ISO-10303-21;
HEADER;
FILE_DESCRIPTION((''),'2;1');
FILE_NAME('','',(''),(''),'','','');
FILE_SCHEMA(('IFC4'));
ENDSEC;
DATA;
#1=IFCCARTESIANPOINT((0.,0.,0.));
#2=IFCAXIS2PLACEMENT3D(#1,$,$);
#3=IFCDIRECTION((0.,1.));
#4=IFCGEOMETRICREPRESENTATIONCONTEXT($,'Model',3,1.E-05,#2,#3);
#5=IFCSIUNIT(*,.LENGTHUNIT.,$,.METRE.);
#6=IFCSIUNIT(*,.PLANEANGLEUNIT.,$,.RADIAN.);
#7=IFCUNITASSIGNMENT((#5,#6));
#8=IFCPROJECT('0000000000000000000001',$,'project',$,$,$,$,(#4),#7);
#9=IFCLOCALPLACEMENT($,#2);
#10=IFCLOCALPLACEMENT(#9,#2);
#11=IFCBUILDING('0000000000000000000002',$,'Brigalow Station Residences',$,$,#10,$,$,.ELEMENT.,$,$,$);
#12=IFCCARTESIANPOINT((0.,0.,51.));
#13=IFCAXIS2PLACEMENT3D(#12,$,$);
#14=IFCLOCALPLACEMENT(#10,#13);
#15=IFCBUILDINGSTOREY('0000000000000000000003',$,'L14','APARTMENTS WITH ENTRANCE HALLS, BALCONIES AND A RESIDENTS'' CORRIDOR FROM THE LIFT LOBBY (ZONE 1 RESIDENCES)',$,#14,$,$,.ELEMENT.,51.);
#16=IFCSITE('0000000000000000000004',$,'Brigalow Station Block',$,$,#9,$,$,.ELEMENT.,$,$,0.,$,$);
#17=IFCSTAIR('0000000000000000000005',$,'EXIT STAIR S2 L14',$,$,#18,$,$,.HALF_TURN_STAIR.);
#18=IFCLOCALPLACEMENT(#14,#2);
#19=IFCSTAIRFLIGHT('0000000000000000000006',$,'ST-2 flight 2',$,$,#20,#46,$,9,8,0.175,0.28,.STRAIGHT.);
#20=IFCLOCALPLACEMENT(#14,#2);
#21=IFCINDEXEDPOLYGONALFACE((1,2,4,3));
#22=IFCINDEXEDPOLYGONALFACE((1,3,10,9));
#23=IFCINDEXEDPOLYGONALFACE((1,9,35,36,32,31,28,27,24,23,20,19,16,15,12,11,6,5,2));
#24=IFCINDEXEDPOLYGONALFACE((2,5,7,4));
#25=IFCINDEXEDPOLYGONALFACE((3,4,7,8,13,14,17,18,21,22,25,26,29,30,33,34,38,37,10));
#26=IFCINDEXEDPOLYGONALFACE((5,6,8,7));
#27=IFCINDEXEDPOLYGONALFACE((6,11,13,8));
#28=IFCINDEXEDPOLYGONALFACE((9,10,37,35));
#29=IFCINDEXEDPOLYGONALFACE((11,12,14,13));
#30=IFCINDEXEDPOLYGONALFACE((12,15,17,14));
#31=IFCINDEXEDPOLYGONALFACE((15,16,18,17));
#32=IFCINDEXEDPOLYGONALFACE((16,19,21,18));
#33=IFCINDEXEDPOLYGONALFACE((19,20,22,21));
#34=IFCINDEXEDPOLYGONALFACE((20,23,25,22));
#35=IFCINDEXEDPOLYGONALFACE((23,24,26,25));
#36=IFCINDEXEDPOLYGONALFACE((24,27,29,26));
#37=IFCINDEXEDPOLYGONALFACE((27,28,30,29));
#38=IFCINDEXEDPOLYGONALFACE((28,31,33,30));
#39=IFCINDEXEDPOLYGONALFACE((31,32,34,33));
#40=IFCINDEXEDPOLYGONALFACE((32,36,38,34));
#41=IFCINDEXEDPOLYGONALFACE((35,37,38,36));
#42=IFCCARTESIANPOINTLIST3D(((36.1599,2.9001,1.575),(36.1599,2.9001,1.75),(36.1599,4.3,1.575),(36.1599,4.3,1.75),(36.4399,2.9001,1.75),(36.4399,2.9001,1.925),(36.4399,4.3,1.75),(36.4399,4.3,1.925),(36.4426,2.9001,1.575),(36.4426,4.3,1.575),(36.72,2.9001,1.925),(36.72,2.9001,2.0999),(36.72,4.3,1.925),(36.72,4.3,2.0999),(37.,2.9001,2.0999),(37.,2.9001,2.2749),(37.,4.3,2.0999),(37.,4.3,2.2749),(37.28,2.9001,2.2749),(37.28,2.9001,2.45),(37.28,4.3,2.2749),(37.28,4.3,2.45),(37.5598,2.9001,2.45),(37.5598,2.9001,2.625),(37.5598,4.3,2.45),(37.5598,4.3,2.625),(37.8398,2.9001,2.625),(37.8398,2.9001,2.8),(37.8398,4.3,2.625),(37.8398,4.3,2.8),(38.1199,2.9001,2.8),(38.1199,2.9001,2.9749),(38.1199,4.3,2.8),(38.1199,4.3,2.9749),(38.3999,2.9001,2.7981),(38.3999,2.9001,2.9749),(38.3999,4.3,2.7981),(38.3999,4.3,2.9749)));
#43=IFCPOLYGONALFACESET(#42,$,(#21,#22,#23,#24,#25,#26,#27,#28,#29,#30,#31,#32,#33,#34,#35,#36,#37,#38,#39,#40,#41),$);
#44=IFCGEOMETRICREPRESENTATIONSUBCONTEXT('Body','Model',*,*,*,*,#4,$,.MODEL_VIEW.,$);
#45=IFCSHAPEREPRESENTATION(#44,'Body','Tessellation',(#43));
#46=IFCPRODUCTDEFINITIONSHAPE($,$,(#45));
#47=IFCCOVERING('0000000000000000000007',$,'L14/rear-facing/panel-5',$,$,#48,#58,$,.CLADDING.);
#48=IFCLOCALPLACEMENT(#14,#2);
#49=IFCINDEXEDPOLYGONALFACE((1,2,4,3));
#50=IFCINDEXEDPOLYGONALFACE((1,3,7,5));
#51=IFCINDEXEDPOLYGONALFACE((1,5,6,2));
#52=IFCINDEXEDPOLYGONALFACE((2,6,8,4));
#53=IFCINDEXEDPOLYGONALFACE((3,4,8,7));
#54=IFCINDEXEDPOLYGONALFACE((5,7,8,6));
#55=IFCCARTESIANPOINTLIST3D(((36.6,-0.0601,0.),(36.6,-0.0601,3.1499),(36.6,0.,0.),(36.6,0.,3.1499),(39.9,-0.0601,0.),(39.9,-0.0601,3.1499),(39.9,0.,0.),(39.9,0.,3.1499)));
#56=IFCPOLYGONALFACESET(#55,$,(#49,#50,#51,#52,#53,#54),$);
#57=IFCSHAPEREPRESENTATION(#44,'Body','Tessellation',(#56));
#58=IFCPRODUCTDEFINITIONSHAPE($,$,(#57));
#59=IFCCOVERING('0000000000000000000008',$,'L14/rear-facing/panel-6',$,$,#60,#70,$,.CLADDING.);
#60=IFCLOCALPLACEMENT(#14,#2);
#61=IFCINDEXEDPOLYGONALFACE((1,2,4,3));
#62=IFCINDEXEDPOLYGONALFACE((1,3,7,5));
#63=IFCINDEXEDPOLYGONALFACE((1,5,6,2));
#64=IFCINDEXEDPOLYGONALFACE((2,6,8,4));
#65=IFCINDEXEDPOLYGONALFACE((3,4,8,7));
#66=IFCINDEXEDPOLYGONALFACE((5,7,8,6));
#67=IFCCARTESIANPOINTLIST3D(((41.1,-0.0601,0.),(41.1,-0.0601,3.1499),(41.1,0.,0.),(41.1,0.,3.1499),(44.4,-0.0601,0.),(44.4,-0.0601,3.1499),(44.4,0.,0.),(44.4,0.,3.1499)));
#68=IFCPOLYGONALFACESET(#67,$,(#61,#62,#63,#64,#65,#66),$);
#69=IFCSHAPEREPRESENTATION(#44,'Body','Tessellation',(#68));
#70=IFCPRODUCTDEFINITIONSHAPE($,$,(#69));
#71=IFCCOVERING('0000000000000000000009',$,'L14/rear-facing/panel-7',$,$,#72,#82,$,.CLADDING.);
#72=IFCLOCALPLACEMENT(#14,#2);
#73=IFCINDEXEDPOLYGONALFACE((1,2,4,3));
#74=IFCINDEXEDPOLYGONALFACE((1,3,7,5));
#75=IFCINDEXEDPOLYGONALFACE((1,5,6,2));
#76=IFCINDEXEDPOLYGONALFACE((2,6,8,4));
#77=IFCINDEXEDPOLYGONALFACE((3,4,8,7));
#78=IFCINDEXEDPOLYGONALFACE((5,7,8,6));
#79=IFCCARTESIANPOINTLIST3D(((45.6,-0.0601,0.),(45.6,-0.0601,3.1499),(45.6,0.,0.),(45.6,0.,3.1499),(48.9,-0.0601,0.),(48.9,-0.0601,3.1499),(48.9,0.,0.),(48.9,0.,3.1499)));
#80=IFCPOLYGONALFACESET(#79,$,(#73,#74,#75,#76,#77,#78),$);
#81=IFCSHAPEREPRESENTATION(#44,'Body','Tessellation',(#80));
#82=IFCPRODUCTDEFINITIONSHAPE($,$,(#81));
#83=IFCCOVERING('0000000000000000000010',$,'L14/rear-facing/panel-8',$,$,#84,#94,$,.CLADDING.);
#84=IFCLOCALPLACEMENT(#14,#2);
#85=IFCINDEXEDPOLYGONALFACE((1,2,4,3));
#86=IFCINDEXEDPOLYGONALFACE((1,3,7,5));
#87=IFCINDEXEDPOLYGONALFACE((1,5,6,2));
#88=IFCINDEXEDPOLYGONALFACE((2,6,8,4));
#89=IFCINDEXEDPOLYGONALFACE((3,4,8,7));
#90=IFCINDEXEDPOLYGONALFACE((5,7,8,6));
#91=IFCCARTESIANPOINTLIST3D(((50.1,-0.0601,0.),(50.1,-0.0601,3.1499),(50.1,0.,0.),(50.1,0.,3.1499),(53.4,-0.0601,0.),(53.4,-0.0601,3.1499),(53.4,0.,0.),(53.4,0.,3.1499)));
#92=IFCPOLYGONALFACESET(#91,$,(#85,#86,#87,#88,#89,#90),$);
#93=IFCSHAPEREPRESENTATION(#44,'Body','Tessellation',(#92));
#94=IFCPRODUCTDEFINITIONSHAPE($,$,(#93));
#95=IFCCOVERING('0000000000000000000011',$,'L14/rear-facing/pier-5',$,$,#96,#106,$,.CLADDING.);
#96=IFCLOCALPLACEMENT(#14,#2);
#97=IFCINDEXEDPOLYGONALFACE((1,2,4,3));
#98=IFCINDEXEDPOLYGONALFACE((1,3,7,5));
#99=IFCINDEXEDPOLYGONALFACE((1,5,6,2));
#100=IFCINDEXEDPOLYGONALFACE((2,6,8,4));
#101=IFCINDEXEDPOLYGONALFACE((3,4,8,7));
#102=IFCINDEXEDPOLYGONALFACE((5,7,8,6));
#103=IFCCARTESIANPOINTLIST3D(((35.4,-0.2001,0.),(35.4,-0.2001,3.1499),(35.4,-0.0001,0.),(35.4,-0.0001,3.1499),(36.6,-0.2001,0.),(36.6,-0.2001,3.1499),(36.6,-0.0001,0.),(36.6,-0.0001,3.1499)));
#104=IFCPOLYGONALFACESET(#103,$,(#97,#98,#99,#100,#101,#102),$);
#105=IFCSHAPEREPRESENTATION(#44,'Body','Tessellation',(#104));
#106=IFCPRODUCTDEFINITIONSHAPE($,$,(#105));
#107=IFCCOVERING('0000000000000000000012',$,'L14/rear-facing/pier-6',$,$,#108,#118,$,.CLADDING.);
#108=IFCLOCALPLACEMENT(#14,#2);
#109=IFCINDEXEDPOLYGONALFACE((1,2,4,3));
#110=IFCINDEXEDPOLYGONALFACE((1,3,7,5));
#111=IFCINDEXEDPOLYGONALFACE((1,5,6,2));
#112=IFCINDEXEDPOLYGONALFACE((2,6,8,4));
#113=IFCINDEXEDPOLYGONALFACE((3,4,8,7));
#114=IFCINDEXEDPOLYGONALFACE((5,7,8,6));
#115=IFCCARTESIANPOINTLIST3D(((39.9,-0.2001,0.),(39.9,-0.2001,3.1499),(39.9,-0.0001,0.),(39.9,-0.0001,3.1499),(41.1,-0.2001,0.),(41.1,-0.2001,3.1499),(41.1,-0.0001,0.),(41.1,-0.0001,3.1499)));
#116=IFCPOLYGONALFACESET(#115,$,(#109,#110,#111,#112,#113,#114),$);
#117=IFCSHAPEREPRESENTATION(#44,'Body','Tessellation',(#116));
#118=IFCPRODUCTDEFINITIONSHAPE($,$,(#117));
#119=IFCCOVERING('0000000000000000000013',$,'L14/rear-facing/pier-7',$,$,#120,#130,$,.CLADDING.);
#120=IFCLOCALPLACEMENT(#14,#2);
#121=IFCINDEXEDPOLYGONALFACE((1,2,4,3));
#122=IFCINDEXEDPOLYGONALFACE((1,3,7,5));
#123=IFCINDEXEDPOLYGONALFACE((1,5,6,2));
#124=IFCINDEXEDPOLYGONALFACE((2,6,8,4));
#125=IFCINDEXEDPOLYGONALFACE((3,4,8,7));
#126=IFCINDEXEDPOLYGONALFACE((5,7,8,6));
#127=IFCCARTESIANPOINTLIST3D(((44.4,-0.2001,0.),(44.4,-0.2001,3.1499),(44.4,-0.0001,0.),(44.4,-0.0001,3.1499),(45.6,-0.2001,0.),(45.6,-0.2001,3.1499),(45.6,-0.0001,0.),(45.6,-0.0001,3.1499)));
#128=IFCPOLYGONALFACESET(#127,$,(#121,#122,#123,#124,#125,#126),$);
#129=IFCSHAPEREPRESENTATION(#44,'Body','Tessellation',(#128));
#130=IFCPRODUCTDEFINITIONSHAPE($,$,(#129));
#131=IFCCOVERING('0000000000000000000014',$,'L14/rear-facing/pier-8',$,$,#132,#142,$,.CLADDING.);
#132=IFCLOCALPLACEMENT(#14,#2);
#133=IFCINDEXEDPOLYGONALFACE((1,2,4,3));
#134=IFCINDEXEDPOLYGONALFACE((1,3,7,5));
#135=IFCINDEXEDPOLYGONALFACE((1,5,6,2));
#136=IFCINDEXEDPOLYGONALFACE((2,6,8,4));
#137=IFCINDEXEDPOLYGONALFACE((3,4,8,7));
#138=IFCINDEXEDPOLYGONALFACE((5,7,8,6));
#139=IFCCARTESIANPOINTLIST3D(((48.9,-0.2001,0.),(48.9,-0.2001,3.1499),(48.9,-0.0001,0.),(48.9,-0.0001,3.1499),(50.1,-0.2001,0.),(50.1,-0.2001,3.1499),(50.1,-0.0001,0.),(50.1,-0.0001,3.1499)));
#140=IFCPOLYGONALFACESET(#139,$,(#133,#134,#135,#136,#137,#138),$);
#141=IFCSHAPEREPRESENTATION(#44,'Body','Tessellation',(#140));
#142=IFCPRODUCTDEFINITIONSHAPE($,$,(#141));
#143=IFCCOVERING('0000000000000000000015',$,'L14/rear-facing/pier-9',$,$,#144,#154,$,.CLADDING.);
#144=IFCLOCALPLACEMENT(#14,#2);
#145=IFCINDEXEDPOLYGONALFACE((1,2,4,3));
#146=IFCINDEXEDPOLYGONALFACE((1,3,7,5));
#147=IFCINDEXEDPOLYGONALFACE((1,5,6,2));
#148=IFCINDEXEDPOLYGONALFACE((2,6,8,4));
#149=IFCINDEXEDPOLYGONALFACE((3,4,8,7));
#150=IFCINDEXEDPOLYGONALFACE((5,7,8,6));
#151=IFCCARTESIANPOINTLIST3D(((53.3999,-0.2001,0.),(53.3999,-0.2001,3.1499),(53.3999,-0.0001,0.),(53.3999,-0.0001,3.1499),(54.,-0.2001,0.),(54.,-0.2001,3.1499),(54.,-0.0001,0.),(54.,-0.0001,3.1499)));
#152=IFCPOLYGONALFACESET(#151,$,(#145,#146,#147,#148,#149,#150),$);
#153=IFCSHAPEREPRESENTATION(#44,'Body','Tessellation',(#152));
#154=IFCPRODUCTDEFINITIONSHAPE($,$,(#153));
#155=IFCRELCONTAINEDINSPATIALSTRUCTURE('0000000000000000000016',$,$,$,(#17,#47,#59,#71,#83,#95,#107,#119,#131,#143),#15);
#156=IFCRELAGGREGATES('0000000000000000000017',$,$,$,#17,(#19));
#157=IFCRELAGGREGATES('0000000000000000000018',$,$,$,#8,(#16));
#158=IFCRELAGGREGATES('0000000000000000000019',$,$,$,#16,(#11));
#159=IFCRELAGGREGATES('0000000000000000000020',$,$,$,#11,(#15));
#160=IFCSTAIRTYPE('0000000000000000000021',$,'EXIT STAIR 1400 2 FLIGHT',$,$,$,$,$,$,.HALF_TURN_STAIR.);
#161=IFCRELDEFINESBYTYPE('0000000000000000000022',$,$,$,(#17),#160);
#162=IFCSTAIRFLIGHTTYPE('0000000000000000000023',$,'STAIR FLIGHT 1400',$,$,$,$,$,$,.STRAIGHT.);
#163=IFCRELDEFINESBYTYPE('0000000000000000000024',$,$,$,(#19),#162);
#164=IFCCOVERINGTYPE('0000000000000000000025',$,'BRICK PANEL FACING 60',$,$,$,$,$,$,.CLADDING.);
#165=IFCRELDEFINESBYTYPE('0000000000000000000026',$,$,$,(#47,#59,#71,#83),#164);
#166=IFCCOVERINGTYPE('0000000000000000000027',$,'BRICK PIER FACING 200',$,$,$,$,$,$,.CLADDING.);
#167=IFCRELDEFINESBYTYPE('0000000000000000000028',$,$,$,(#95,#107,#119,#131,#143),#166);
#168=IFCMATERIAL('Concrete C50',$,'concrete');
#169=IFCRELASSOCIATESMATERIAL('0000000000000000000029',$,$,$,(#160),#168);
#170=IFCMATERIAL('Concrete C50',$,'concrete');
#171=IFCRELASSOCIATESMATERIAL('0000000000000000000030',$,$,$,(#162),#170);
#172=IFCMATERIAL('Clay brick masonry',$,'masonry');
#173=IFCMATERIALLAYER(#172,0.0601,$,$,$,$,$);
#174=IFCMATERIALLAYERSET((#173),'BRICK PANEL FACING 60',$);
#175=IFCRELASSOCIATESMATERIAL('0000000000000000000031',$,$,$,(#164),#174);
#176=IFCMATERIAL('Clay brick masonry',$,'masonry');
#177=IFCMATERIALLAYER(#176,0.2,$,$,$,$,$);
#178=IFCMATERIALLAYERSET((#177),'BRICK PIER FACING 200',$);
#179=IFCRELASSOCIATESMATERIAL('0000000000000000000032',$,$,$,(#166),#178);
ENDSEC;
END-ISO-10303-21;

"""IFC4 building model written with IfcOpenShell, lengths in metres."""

from ifc_helpers import new_model, si_unit, direction, frame, origin, origin_2d, place, context, subcontext, project, spatial, polyline, rectangle, outline, extrude, material, layer, layer_set, type_object, element, aggregate, save


model = new_model("IFC4")

# Units and contexts
model_context = context("Model", 3, precision=1e-05, world=origin(), true_north=direction((0.0, 1.0)))
body_context = subcontext(model_context, "Body", "Model", "MODEL_VIEW")
ifc_project = project(units=[si_unit("LENGTHUNIT", "METRE"), si_unit("PLANEANGLEUNIT", "RADIAN")], contexts=[model_context])

# Site, building, storey
site_placement = place(None, origin())
site = spatial("IfcSite", under=ifc_project, at=site_placement, Name="Brigalow Station Block", CompositionType="ELEMENT", RefElevation=0.0)
building_placement = place(site_placement, origin())
building = spatial("IfcBuilding", under=site, at=building_placement, Name="Brigalow Station Residences", CompositionType="ELEMENT")
storey_placement = place(building_placement, frame((0.0, 0.0, 51.0)))
storey = spatial("IfcBuildingStorey", under=building, at=storey_placement, Name="L14", Description="APARTMENTS WITH ENTRANCE HALLS, BALCONIES AND A RESIDENTS' CORRIDOR FROM THE LIFT LOBBY (ZONE 1 RESIDENCES)", CompositionType="ELEMENT", Elevation=51.0)

# Stair, stair flight
ifc_material_1 = material(Name="Concrete C50", Category="concrete")
stair_type = type_object("IfcStairType", Name="EXIT STAIR 1400 2 FLIGHT", PredefinedType="HALF_TURN_STAIR", material=ifc_material_1)
stair_placement = place(storey_placement, origin())
stair = element("IfcStair", 1, at=stair_placement, inside=storey, type_object=stair_type, Name="EXIT STAIR S2 L14", PredefinedType="HALF_TURN_STAIR")
ifc_material_2 = material(Name="Concrete C50", Category="concrete")
stair_flight_type = type_object("IfcStairFlightType", Name="STAIR FLIGHT 1400", PredefinedType="STRAIGHT", material=ifc_material_2)
stair_flight_1_placement = place(storey_placement, frame((36.1599, 3.6001, 1.575), z_axis=(0.0, 0.0, 1.0), x_axis=(1.0, 0.0, 0.0)))
stair_flight_1 = element("IfcStairFlight", 2, at=stair_flight_1_placement, type_object=stair_flight_type, Name="ST-2 flight 2", NumberOfRisers=9, NumberOfTreads=8, PredefinedType="STRAIGHT", RiserHeight=0.175, TreadLength=0.28, context=body_context, shape_type="SweptSolid", body=[
    extrude(outline(polyline([(0.0, 0.0), (0.0, 0.175), (0.28, 0.175), (0.28, 0.3501), (0.5601, 0.3501), (0.5601, 0.5249), (0.8401, 0.5249), (0.8401, 0.7), (1.1201, 0.7), (1.1201, 0.875), (1.3999, 0.875), (1.3999, 1.05), (1.6799, 1.05), (1.6799, 1.2251), (1.96, 1.2251), (1.96, 1.3999), (2.24, 1.3999), (2.24, 1.575), (2.24, 1.2231), (0.2827, 0.0), (0.0, 0.0)])), frame((0.0, 0.7, 0.0), z_axis=(0.0, -1.0, 0.0), x_axis=(1.0, 0.0, 0.0)), (0.0, 0.0, 1.0), 1.3999),
])
aggregate(stair, [stair_flight_1])

# Coverings
ifc_material_3 = material(Name="Clay brick masonry", Category="masonry")
ifc_layer_1 = layer(ifc_material_3, 0.0601)
ifc_layer_set_1 = layer_set([ifc_layer_1], Name="BRICK PANEL FACING 60")
covering_type_1 = type_object("IfcCoveringType", Name="BRICK PANEL FACING 60", PredefinedType="CLADDING", material=ifc_layer_set_1)
for number, where, z_axis, x_axis, name in (
    (3, (38.25, -0.03, 0.0), (0.0, 0.0, 1.0), (1.0, 0.0, 0.0), "L14/rear-facing/panel-5"),
    (4, (42.75, -0.03, 0.0), (0.0, 0.0, 1.0), (1.0, 0.0, 0.0), "L14/rear-facing/panel-6"),
    (5, (47.25, -0.03, 0.0), (0.0, 0.0, 1.0), (1.0, 0.0, 0.0), "L14/rear-facing/panel-7"),
    (6, (51.75, -0.03, 0.0), (0.0, 0.0, 1.0), (1.0, 0.0, 0.0), "L14/rear-facing/panel-8"),
):
    element("IfcCovering", number, at=place(storey_placement, frame(where, z_axis=z_axis, x_axis=x_axis)), inside=storey, type_object=covering_type_1, Name=name, PredefinedType="CLADDING", context=body_context, shape_type="SweptSolid", body=[
        extrude(rectangle(XDim=3.3, YDim=0.0601, at=origin_2d()), origin(), (0.0, 0.0, 1.0), 3.1499),
    ])
ifc_material_4 = material(Name="Clay brick masonry", Category="masonry")
ifc_layer_2 = layer(ifc_material_4, 0.2)
ifc_layer_set_2 = layer_set([ifc_layer_2], Name="BRICK PIER FACING 200")
covering_type_2 = type_object("IfcCoveringType", Name="BRICK PIER FACING 200", PredefinedType="CLADDING", material=ifc_layer_set_2)
for number, where, z_axis, x_axis, name in (
    (7, (36.0, -0.1001, 0.0), (0.0, 0.0, 1.0), (1.0, 0.0, 0.0), "L14/rear-facing/pier-5"),
    (8, (40.5, -0.1001, 0.0), (0.0, 0.0, 1.0), (1.0, 0.0, 0.0), "L14/rear-facing/pier-6"),
    (9, (45.0, -0.1001, 0.0), (0.0, 0.0, 1.0), (1.0, 0.0, 0.0), "L14/rear-facing/pier-7"),
    (10, (49.5, -0.1001, 0.0), (0.0, 0.0, 1.0), (1.0, 0.0, 0.0), "L14/rear-facing/pier-8"),
):
    element("IfcCovering", number, at=place(storey_placement, frame(where, z_axis=z_axis, x_axis=x_axis)), inside=storey, type_object=covering_type_2, Name=name, PredefinedType="CLADDING", context=body_context, shape_type="SweptSolid", body=[
        extrude(rectangle(XDim=1.2, YDim=0.2, at=origin_2d()), origin(), (0.0, 0.0, 1.0), 3.1499),
    ])
covering_placement = place(storey_placement, frame((53.7, -0.1001, 0.0), z_axis=(0.0, 0.0, 1.0), x_axis=(1.0, 0.0, 0.0)))
element("IfcCovering", 11, at=covering_placement, inside=storey, type_object=covering_type_2, Name="L14/rear-facing/pier-9", PredefinedType="CLADDING", context=body_context, shape_type="SweptSolid", body=[
    extrude(rectangle(XDim=0.6001, YDim=0.2, at=origin_2d()), origin(), (0.0, 0.0, 1.0), 3.1499),
])

save(model, "model.ifc")
